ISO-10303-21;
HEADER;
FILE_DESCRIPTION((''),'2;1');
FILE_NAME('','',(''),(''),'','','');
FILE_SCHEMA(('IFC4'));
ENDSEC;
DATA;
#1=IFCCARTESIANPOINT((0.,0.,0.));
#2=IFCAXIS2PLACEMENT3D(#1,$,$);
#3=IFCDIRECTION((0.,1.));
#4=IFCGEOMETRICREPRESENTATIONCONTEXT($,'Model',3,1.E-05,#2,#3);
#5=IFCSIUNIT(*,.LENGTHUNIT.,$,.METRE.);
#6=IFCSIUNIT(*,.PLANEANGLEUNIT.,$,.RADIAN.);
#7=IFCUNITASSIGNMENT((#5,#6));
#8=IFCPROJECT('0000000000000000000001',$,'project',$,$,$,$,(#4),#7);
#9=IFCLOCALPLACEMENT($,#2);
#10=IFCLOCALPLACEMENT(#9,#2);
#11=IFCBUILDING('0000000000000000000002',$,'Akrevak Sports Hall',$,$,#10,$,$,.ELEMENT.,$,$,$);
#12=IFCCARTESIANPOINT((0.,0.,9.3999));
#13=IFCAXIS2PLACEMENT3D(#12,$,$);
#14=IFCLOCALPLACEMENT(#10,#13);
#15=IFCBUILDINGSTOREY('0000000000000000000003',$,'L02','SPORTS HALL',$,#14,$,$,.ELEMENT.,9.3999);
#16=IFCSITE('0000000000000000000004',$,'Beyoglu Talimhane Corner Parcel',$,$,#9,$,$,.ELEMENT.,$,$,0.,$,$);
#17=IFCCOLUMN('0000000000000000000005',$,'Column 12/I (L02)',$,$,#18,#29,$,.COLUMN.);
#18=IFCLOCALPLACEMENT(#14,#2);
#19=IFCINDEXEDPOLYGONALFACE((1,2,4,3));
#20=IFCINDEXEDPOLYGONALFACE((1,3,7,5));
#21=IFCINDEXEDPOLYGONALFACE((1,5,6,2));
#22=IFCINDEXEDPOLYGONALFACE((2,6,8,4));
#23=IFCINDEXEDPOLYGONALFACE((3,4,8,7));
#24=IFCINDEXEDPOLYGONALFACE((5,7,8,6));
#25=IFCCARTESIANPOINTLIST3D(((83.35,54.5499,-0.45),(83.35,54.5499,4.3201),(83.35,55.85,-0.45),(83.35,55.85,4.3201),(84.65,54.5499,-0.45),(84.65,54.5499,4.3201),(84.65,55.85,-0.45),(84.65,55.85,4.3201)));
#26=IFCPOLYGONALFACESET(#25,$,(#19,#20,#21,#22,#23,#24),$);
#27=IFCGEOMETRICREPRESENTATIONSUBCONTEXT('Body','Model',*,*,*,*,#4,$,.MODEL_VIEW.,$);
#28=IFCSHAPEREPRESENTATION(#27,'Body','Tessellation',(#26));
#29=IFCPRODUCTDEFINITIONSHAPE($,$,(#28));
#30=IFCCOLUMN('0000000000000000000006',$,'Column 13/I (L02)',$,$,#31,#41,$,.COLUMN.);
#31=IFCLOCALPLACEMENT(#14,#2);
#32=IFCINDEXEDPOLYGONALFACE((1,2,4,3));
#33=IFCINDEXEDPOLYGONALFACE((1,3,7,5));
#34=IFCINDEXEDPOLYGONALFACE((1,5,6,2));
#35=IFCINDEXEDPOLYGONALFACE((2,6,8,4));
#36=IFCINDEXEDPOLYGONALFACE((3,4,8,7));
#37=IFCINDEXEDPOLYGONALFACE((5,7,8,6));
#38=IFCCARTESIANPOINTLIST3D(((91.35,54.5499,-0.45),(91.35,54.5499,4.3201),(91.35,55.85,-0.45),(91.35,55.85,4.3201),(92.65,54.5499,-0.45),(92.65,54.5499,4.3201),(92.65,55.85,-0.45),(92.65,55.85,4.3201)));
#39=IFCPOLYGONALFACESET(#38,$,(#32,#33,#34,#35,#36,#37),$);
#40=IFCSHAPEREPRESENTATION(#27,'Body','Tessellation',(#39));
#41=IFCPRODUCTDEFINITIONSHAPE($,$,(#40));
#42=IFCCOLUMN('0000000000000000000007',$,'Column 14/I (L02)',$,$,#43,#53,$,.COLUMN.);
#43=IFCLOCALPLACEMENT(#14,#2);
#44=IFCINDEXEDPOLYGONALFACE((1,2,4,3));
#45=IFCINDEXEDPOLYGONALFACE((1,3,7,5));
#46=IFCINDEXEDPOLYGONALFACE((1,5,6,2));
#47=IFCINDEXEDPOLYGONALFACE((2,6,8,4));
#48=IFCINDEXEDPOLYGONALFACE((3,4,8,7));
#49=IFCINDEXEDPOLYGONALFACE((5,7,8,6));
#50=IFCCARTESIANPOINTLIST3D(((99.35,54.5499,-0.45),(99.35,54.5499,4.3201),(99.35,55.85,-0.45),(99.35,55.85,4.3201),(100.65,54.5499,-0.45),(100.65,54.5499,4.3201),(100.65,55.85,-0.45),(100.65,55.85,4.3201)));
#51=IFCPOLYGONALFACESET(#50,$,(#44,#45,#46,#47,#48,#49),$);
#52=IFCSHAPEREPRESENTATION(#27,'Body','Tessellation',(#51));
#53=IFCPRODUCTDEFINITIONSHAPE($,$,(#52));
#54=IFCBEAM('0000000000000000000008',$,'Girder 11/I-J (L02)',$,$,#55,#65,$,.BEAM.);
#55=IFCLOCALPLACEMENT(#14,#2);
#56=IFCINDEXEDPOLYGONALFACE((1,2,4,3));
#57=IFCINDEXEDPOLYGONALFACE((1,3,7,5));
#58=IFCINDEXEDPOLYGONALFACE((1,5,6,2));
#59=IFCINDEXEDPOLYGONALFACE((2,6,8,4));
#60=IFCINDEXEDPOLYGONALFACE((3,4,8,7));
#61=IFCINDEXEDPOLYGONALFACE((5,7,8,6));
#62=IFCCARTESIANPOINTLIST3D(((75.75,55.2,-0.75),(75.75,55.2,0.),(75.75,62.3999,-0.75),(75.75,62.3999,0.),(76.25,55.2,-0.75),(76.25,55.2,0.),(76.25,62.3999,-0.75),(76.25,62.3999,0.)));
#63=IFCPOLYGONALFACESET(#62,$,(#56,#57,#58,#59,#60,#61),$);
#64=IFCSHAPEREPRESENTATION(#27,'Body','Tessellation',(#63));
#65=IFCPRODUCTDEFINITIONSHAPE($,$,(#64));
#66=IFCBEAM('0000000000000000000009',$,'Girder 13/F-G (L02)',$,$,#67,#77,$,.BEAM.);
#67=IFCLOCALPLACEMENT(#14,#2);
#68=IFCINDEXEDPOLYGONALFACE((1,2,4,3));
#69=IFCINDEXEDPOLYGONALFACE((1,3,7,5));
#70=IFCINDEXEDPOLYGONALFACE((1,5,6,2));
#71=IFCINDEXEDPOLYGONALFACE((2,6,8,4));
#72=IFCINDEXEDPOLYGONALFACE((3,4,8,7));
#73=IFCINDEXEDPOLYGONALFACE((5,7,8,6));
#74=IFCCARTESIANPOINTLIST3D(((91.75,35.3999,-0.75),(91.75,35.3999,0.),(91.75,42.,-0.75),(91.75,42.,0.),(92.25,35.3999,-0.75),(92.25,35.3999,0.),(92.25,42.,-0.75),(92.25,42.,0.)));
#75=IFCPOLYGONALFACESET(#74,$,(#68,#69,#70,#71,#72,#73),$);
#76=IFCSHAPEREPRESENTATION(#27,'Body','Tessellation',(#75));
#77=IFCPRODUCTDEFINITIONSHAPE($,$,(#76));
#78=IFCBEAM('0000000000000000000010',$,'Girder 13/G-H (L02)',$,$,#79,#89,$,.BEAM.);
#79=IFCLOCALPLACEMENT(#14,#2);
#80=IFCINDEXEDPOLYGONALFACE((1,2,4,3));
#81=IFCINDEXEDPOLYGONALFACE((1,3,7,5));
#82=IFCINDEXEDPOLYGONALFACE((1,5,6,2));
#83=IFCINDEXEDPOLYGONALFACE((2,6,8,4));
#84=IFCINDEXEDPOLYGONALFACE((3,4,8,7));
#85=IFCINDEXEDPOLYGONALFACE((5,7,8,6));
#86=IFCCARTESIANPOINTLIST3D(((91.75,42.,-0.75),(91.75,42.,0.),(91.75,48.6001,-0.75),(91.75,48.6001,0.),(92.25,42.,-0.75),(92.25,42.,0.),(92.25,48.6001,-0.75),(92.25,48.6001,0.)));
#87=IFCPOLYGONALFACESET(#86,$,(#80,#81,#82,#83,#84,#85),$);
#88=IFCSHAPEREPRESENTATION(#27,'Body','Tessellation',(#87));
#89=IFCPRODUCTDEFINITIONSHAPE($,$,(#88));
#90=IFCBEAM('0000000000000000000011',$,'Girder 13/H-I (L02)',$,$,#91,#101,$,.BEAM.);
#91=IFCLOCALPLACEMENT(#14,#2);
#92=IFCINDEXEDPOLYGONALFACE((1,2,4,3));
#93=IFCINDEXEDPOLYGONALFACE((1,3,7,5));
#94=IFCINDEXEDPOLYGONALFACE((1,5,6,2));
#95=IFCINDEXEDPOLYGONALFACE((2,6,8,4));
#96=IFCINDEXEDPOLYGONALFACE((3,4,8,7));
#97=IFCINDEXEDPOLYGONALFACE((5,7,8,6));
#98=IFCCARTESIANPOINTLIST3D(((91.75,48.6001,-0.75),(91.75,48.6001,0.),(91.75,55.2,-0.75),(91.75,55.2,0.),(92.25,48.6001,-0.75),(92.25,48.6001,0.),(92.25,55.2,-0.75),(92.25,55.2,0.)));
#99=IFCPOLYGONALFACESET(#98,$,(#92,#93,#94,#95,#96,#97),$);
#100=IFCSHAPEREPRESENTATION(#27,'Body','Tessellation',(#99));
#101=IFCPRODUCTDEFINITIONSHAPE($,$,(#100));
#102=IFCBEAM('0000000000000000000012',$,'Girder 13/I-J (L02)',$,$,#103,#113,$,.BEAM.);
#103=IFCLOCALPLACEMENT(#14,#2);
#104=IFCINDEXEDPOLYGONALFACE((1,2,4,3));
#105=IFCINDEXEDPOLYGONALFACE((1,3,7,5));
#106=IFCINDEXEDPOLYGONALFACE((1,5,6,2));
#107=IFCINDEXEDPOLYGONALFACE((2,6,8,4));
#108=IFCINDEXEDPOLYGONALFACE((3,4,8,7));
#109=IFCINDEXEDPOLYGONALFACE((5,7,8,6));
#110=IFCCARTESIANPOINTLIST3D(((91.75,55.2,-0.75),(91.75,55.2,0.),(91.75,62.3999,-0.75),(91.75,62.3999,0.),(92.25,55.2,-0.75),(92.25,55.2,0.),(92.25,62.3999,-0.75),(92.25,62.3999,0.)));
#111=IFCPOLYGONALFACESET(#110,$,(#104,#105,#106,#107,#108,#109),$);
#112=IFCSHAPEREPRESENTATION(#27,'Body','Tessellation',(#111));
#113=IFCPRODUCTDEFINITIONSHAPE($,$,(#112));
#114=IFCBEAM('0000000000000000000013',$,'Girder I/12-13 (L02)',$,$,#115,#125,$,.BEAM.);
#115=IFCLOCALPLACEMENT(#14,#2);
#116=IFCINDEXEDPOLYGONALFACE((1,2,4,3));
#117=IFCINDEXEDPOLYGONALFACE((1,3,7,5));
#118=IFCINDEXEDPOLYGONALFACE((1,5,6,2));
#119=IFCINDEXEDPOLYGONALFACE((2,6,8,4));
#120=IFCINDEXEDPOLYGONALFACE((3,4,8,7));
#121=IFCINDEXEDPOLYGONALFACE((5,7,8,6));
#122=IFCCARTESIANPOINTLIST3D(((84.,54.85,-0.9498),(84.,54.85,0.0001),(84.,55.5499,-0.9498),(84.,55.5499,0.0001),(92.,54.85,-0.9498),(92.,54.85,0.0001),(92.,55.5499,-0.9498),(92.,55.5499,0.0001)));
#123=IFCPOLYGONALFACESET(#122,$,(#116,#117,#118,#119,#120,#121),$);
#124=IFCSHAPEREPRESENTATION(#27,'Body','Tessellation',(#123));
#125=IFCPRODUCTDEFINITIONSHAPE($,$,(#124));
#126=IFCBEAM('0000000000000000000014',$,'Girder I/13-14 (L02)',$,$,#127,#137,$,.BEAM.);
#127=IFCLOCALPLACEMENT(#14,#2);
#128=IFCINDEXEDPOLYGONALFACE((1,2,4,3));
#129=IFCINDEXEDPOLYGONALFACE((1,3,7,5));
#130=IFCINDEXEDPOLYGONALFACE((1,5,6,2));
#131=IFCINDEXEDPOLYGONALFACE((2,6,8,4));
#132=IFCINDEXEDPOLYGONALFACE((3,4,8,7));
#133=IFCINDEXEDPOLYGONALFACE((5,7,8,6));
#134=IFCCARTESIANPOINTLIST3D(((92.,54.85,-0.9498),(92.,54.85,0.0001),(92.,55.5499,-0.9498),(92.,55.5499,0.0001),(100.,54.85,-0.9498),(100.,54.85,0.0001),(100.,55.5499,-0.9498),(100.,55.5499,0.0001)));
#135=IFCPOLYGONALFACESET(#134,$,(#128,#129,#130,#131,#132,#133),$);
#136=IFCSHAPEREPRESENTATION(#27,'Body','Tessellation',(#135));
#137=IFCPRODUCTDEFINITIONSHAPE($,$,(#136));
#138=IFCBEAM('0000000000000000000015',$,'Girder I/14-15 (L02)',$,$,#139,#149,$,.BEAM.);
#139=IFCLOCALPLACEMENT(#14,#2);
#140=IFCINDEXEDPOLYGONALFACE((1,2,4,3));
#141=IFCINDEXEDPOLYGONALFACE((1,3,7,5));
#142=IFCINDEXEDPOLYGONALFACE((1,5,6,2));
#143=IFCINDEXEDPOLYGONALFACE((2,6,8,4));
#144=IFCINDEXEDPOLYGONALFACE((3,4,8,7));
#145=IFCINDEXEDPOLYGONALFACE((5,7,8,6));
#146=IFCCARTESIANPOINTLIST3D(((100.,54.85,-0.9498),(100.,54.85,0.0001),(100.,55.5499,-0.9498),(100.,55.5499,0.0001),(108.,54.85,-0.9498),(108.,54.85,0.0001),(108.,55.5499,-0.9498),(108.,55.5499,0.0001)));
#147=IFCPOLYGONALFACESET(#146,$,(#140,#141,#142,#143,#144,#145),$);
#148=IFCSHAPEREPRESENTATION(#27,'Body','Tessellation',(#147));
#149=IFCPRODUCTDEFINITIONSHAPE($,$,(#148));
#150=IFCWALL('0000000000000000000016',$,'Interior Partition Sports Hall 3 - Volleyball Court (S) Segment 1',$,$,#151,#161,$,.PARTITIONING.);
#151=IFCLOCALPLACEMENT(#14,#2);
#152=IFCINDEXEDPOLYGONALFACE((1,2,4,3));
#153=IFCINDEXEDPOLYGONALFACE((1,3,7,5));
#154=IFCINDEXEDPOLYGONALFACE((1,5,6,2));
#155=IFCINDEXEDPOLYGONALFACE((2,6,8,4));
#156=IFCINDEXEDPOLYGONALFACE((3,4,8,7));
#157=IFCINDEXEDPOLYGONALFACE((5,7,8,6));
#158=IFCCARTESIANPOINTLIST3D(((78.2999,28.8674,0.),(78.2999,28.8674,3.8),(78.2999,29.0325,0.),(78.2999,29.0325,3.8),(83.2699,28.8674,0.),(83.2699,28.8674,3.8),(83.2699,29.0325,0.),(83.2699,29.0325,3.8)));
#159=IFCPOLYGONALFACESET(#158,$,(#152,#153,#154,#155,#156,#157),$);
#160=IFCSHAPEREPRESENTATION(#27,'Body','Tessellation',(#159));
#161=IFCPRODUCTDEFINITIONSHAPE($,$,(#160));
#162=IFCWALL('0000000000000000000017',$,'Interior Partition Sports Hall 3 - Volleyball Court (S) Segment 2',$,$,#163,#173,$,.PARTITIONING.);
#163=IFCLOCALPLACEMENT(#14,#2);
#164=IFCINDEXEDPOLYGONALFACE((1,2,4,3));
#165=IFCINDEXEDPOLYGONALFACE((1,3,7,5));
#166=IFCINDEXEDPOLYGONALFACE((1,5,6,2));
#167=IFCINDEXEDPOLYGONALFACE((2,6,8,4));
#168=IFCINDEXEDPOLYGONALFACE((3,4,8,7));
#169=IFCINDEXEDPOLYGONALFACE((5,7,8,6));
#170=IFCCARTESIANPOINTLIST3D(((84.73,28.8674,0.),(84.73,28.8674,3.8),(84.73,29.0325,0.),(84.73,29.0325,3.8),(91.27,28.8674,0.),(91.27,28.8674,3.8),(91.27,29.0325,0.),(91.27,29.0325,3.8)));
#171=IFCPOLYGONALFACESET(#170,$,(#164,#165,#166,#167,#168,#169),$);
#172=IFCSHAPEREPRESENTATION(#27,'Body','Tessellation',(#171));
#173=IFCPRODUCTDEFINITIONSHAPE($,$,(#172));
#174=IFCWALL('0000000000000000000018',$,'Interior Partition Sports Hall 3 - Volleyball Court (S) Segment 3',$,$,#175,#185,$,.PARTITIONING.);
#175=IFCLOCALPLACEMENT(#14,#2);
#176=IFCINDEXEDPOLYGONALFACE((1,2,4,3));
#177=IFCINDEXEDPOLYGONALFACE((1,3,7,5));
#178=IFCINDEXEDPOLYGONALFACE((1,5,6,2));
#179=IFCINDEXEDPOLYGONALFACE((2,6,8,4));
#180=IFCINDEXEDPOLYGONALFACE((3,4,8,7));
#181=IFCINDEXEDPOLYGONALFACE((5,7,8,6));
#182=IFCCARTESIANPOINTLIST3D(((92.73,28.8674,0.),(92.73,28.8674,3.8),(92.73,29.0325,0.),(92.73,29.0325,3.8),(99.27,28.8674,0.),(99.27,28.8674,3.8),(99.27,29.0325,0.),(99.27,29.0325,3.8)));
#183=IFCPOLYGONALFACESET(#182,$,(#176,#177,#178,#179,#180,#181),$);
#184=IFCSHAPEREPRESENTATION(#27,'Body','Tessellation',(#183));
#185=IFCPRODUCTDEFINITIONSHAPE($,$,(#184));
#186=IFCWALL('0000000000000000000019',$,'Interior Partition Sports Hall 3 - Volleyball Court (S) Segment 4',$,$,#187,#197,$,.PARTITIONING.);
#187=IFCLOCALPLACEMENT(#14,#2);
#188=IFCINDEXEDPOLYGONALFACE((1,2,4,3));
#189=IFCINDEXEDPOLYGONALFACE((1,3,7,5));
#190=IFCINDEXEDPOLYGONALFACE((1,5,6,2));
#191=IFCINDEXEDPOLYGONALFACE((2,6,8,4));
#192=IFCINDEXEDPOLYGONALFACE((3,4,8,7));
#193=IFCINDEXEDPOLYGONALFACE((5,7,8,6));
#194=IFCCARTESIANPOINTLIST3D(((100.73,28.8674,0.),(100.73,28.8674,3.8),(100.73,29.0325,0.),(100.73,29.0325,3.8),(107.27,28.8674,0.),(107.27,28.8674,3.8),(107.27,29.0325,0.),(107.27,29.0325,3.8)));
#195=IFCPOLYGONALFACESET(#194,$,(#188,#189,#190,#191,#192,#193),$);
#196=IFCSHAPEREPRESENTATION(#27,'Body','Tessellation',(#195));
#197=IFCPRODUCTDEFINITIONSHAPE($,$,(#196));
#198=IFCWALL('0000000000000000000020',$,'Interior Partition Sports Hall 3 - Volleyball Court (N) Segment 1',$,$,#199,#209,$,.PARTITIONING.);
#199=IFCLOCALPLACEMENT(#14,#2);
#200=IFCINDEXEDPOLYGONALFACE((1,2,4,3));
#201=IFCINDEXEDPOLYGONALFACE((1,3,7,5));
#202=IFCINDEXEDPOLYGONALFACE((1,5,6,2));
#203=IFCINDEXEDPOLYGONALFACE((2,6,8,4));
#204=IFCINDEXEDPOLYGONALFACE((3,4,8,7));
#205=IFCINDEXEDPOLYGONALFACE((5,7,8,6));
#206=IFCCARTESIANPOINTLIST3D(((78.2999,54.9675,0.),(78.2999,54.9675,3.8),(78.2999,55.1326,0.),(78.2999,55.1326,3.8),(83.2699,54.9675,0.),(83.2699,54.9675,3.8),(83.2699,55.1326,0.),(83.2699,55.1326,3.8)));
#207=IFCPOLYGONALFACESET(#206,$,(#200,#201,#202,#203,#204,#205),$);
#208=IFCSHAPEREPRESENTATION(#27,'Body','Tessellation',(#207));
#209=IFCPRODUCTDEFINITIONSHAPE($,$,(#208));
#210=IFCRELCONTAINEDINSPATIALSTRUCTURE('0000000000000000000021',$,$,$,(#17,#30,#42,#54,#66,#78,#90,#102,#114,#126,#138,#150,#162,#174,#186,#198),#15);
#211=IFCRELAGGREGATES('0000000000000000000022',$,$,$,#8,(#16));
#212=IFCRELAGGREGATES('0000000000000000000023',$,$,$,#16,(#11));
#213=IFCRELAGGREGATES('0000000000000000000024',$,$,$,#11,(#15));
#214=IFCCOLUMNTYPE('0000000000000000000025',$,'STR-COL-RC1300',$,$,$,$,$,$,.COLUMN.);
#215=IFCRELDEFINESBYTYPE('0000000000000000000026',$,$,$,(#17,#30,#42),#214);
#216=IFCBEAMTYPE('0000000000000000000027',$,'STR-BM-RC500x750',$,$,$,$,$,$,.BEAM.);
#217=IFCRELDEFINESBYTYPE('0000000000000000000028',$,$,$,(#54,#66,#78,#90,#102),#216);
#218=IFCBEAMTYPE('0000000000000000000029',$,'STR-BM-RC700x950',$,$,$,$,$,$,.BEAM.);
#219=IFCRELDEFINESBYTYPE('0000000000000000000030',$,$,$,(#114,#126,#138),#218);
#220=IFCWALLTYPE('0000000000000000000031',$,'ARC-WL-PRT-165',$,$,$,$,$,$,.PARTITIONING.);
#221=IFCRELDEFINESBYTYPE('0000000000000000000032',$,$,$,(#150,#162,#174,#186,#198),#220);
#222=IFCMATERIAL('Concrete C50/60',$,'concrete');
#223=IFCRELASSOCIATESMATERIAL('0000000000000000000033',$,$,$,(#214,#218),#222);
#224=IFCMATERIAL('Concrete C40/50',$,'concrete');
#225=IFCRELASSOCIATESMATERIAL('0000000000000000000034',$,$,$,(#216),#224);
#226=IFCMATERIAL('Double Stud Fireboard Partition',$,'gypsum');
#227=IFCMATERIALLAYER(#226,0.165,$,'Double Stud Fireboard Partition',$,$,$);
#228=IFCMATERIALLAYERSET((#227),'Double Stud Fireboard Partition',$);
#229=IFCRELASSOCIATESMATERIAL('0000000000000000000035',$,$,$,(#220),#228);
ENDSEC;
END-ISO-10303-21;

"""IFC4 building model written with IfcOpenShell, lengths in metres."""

from ifc_helpers import new_model, si_unit, direction, frame, frame_2d, origin, origin_2d, place, context, subcontext, project, spatial, rectangle, extrude, material, layer, layer_set, material_profile, profile_set, type_object, element, save


model = new_model("IFC4")

# Units and contexts
model_context = context("Model", 3, precision=1e-05, world=origin(), true_north=direction((0.0, 1.0)))
body_context = subcontext(model_context, "Body", "Model", "MODEL_VIEW")
ifc_project = project(units=[si_unit("LENGTHUNIT", "METRE"), si_unit("PLANEANGLEUNIT", "RADIAN")], contexts=[model_context])

# Site, building, storey
site_placement = place(None, origin())
site = spatial("IfcSite", under=ifc_project, at=site_placement, Name="Beyoglu Talimhane Corner Parcel", CompositionType="ELEMENT", RefElevation=0.0)
building_placement = place(site_placement, origin())
building = spatial("IfcBuilding", under=site, at=building_placement, Name="Akrevak Sports Hall", CompositionType="ELEMENT")
storey_placement = place(building_placement, frame((0.0, 0.0, 9.3999)))
storey = spatial("IfcBuildingStorey", under=building, at=storey_placement, Name="L02", Description="SPORTS HALL", CompositionType="ELEMENT", Elevation=9.3999)

# Columns
ifc_material_1 = material(Name="Concrete C50/60", Category="concrete")
ifc_material_profile_1 = material_profile(ifc_material_1, rectangle(XDim=1.3, YDim=1.3, at=origin_2d()), Name="RC 1300x1300", Category="concrete")
ifc_profile_set_1 = profile_set([ifc_material_profile_1], Name="Concrete C50/60")
column_type = type_object("IfcColumnType", Name="STR-COL-RC1300", PredefinedType="COLUMN", material=ifc_profile_set_1)
for number, where, z_axis, x_axis, name in (
    (1, (84.0, 55.2, -0.45), (0.0, 0.0, 1.0), (1.0, 0.0, 0.0), "Column 12/I (L02)"),
    (2, (92.0, 55.2, -0.45), (0.0, 0.0, 1.0), (1.0, 0.0, 0.0), "Column 13/I (L02)"),
    (3, (100.0, 55.2, -0.45), (0.0, 0.0, 1.0), (1.0, 0.0, 0.0), "Column 14/I (L02)"),
):
    element("IfcColumn", number, at=place(storey_placement, frame(where, z_axis=z_axis, x_axis=x_axis)), inside=storey, type_object=column_type, Name=name, PredefinedType="COLUMN", context=body_context, shape_type="SweptSolid", body=[
        extrude(rectangle(XDim=1.3, YDim=1.3, at=origin_2d()), origin(), (0.0, 0.0, 1.0), 4.77),
    ])

# Beams
ifc_material_2 = material(Name="Concrete C40/50", Category="concrete")
ifc_material_profile_2 = material_profile(ifc_material_2, rectangle(XDim=0.5, YDim=0.75, at=origin_2d()), Name="BM 500x750", Category="concrete")
ifc_profile_set_2 = profile_set([ifc_material_profile_2], Name="Concrete C40/50")
beam_type_1 = type_object("IfcBeamType", Name="STR-BM-RC500x750", PredefinedType="BEAM", material=ifc_profile_set_2)
beam_1_placement = place(storey_placement, frame((76.0, 55.2, -0.375), z_axis=(0.0, 1.0, 0.0), x_axis=(-1.0, 0.0, 0.0)))
element("IfcBeam", 4, at=beam_1_placement, inside=storey, type_object=beam_type_1, Name="Girder 11/I-J (L02)", PredefinedType="BEAM", context=body_context, shape_type="SweptSolid", body=[
    extrude(rectangle(XDim=0.5, YDim=0.75, at=origin_2d()), origin(), (0.0, 0.0, 1.0), 7.2),
])
for number, where, z_axis, x_axis, name in (
    (5, (92.0, 35.3999, -0.375), (0.0, 1.0, 0.0), (-1.0, 0.0, 0.0), "Girder 13/F-G (L02)"),
    (6, (92.0, 42.0, -0.375), (0.0, 1.0, 0.0), (-1.0, 0.0, 0.0), "Girder 13/G-H (L02)"),
):
    element("IfcBeam", number, at=place(storey_placement, frame(where, z_axis=z_axis, x_axis=x_axis)), inside=storey, type_object=beam_type_1, Name=name, PredefinedType="BEAM", context=body_context, shape_type="SweptSolid", body=[
        extrude(rectangle(XDim=0.5, YDim=0.75, at=origin_2d()), origin(), (0.0, 0.0, 1.0), 6.6001),
    ])
beam_2_placement = place(storey_placement, frame((92.0, 48.6001, -0.375), z_axis=(0.0, 1.0, 0.0), x_axis=(-1.0, 0.0, 0.0)))
element("IfcBeam", 7, at=beam_2_placement, inside=storey, type_object=beam_type_1, Name="Girder 13/H-I (L02)", PredefinedType="BEAM", context=body_context, shape_type="SweptSolid", body=[
    extrude(rectangle(XDim=0.5, YDim=0.75, at=origin_2d()), origin(), (0.0, 0.0, 1.0), 6.5999),
])
beam_3_placement = place(storey_placement, frame((92.0, 55.2, -0.375), z_axis=(0.0, 1.0, 0.0), x_axis=(-1.0, 0.0, 0.0)))
element("IfcBeam", 8, at=beam_3_placement, inside=storey, type_object=beam_type_1, Name="Girder 13/I-J (L02)", PredefinedType="BEAM", context=body_context, shape_type="SweptSolid", body=[
    extrude(rectangle(XDim=0.5, YDim=0.75, at=origin_2d()), origin(), (0.0, 0.0, 1.0), 7.2),
])
ifc_material_profile_3 = material_profile(ifc_material_1, rectangle(XDim=0.7, YDim=0.95, at=origin_2d()), Name="BM 700x950", Category="concrete")
ifc_profile_set_3 = profile_set([ifc_material_profile_3], Name="Concrete C50/60")
beam_type_2 = type_object("IfcBeamType", Name="STR-BM-RC700x950", PredefinedType="BEAM", material=ifc_profile_set_3)
for number, where, z_axis, x_axis, name in (
    (9, (84.0, 55.2, -0.4749), (1.0, 0.0, 0.0), (0.0, 1.0, 0.0), "Girder I/12-13 (L02)"),
    (10, (92.0, 55.2, -0.4749), (1.0, 0.0, 0.0), (0.0, 1.0, 0.0), "Girder I/13-14 (L02)"),
    (11, (100.0, 55.2, -0.4749), (1.0, 0.0, 0.0), (0.0, 1.0, 0.0), "Girder I/14-15 (L02)"),
):
    element("IfcBeam", number, at=place(storey_placement, frame(where, z_axis=z_axis, x_axis=x_axis)), inside=storey, type_object=beam_type_2, Name=name, PredefinedType="BEAM", context=body_context, shape_type="SweptSolid", body=[
        extrude(rectangle(XDim=0.7, YDim=0.95, at=origin_2d()), origin(), (0.0, 0.0, 1.0), 8.0),
    ])

# Walls
ifc_material_3 = material(Name="Double Stud Fireboard Partition", Category="gypsum")
ifc_layer_1 = layer(ifc_material_3, 0.165, Name="Double Stud Fireboard Partition")
ifc_layer_set_1 = layer_set([ifc_layer_1], Name="Double Stud Fireboard Partition")
wall_type = type_object("IfcWallType", Name="ARC-WL-PRT-165", PredefinedType="PARTITIONING", material=ifc_layer_set_1)
wall_1_placement = place(storey_placement, frame((78.3, 28.95, 0.0), z_axis=(0.0, 0.0, 1.0), x_axis=(1.0, 0.0, 0.0)))
element("IfcWall", 12, at=wall_1_placement, inside=storey, type_object=wall_type, Name="Interior Partition Sports Hall 3 - Volleyball Court (S) Segment 1", PredefinedType="PARTITIONING", context=body_context, shape_type="SweptSolid", body=[
    extrude(rectangle(XDim=4.97, YDim=0.165, at=frame_2d((2.4849, 0.0))), origin(), (0.0, 0.0, 1.0), 3.8),
])
for number, where, z_axis, x_axis, name in (
    (13, (84.73, 28.95, 0.0), (0.0, 0.0, 1.0), (1.0, 0.0, 0.0), "Interior Partition Sports Hall 3 - Volleyball Court (S) Segment 2"),
    (14, (92.73, 28.95, 0.0), (0.0, 0.0, 1.0), (1.0, 0.0, 0.0), "Interior Partition Sports Hall 3 - Volleyball Court (S) Segment 3"),
    (15, (100.73, 28.95, 0.0), (0.0, 0.0, 1.0), (1.0, 0.0, 0.0), "Interior Partition Sports Hall 3 - Volleyball Court (S) Segment 4"),
):
    element("IfcWall", number, at=place(storey_placement, frame(where, z_axis=z_axis, x_axis=x_axis)), inside=storey, type_object=wall_type, Name=name, PredefinedType="PARTITIONING", context=body_context, shape_type="SweptSolid", body=[
        extrude(rectangle(XDim=6.54, YDim=0.165, at=frame_2d((3.27, 0.0))), origin(), (0.0, 0.0, 1.0), 3.8),
    ])
wall_2_placement = place(storey_placement, frame((78.3, 55.05, 0.0), z_axis=(0.0, 0.0, 1.0), x_axis=(1.0, 0.0, 0.0)))
element("IfcWall", 16, at=wall_2_placement, inside=storey, type_object=wall_type, Name="Interior Partition Sports Hall 3 - Volleyball Court (N) Segment 1", PredefinedType="PARTITIONING", context=body_context, shape_type="SweptSolid", body=[
    extrude(rectangle(XDim=4.97, YDim=0.165, at=frame_2d((2.4849, 0.0))), origin(), (0.0, 0.0, 1.0), 3.8),
])

save(model, "model.ifc")
